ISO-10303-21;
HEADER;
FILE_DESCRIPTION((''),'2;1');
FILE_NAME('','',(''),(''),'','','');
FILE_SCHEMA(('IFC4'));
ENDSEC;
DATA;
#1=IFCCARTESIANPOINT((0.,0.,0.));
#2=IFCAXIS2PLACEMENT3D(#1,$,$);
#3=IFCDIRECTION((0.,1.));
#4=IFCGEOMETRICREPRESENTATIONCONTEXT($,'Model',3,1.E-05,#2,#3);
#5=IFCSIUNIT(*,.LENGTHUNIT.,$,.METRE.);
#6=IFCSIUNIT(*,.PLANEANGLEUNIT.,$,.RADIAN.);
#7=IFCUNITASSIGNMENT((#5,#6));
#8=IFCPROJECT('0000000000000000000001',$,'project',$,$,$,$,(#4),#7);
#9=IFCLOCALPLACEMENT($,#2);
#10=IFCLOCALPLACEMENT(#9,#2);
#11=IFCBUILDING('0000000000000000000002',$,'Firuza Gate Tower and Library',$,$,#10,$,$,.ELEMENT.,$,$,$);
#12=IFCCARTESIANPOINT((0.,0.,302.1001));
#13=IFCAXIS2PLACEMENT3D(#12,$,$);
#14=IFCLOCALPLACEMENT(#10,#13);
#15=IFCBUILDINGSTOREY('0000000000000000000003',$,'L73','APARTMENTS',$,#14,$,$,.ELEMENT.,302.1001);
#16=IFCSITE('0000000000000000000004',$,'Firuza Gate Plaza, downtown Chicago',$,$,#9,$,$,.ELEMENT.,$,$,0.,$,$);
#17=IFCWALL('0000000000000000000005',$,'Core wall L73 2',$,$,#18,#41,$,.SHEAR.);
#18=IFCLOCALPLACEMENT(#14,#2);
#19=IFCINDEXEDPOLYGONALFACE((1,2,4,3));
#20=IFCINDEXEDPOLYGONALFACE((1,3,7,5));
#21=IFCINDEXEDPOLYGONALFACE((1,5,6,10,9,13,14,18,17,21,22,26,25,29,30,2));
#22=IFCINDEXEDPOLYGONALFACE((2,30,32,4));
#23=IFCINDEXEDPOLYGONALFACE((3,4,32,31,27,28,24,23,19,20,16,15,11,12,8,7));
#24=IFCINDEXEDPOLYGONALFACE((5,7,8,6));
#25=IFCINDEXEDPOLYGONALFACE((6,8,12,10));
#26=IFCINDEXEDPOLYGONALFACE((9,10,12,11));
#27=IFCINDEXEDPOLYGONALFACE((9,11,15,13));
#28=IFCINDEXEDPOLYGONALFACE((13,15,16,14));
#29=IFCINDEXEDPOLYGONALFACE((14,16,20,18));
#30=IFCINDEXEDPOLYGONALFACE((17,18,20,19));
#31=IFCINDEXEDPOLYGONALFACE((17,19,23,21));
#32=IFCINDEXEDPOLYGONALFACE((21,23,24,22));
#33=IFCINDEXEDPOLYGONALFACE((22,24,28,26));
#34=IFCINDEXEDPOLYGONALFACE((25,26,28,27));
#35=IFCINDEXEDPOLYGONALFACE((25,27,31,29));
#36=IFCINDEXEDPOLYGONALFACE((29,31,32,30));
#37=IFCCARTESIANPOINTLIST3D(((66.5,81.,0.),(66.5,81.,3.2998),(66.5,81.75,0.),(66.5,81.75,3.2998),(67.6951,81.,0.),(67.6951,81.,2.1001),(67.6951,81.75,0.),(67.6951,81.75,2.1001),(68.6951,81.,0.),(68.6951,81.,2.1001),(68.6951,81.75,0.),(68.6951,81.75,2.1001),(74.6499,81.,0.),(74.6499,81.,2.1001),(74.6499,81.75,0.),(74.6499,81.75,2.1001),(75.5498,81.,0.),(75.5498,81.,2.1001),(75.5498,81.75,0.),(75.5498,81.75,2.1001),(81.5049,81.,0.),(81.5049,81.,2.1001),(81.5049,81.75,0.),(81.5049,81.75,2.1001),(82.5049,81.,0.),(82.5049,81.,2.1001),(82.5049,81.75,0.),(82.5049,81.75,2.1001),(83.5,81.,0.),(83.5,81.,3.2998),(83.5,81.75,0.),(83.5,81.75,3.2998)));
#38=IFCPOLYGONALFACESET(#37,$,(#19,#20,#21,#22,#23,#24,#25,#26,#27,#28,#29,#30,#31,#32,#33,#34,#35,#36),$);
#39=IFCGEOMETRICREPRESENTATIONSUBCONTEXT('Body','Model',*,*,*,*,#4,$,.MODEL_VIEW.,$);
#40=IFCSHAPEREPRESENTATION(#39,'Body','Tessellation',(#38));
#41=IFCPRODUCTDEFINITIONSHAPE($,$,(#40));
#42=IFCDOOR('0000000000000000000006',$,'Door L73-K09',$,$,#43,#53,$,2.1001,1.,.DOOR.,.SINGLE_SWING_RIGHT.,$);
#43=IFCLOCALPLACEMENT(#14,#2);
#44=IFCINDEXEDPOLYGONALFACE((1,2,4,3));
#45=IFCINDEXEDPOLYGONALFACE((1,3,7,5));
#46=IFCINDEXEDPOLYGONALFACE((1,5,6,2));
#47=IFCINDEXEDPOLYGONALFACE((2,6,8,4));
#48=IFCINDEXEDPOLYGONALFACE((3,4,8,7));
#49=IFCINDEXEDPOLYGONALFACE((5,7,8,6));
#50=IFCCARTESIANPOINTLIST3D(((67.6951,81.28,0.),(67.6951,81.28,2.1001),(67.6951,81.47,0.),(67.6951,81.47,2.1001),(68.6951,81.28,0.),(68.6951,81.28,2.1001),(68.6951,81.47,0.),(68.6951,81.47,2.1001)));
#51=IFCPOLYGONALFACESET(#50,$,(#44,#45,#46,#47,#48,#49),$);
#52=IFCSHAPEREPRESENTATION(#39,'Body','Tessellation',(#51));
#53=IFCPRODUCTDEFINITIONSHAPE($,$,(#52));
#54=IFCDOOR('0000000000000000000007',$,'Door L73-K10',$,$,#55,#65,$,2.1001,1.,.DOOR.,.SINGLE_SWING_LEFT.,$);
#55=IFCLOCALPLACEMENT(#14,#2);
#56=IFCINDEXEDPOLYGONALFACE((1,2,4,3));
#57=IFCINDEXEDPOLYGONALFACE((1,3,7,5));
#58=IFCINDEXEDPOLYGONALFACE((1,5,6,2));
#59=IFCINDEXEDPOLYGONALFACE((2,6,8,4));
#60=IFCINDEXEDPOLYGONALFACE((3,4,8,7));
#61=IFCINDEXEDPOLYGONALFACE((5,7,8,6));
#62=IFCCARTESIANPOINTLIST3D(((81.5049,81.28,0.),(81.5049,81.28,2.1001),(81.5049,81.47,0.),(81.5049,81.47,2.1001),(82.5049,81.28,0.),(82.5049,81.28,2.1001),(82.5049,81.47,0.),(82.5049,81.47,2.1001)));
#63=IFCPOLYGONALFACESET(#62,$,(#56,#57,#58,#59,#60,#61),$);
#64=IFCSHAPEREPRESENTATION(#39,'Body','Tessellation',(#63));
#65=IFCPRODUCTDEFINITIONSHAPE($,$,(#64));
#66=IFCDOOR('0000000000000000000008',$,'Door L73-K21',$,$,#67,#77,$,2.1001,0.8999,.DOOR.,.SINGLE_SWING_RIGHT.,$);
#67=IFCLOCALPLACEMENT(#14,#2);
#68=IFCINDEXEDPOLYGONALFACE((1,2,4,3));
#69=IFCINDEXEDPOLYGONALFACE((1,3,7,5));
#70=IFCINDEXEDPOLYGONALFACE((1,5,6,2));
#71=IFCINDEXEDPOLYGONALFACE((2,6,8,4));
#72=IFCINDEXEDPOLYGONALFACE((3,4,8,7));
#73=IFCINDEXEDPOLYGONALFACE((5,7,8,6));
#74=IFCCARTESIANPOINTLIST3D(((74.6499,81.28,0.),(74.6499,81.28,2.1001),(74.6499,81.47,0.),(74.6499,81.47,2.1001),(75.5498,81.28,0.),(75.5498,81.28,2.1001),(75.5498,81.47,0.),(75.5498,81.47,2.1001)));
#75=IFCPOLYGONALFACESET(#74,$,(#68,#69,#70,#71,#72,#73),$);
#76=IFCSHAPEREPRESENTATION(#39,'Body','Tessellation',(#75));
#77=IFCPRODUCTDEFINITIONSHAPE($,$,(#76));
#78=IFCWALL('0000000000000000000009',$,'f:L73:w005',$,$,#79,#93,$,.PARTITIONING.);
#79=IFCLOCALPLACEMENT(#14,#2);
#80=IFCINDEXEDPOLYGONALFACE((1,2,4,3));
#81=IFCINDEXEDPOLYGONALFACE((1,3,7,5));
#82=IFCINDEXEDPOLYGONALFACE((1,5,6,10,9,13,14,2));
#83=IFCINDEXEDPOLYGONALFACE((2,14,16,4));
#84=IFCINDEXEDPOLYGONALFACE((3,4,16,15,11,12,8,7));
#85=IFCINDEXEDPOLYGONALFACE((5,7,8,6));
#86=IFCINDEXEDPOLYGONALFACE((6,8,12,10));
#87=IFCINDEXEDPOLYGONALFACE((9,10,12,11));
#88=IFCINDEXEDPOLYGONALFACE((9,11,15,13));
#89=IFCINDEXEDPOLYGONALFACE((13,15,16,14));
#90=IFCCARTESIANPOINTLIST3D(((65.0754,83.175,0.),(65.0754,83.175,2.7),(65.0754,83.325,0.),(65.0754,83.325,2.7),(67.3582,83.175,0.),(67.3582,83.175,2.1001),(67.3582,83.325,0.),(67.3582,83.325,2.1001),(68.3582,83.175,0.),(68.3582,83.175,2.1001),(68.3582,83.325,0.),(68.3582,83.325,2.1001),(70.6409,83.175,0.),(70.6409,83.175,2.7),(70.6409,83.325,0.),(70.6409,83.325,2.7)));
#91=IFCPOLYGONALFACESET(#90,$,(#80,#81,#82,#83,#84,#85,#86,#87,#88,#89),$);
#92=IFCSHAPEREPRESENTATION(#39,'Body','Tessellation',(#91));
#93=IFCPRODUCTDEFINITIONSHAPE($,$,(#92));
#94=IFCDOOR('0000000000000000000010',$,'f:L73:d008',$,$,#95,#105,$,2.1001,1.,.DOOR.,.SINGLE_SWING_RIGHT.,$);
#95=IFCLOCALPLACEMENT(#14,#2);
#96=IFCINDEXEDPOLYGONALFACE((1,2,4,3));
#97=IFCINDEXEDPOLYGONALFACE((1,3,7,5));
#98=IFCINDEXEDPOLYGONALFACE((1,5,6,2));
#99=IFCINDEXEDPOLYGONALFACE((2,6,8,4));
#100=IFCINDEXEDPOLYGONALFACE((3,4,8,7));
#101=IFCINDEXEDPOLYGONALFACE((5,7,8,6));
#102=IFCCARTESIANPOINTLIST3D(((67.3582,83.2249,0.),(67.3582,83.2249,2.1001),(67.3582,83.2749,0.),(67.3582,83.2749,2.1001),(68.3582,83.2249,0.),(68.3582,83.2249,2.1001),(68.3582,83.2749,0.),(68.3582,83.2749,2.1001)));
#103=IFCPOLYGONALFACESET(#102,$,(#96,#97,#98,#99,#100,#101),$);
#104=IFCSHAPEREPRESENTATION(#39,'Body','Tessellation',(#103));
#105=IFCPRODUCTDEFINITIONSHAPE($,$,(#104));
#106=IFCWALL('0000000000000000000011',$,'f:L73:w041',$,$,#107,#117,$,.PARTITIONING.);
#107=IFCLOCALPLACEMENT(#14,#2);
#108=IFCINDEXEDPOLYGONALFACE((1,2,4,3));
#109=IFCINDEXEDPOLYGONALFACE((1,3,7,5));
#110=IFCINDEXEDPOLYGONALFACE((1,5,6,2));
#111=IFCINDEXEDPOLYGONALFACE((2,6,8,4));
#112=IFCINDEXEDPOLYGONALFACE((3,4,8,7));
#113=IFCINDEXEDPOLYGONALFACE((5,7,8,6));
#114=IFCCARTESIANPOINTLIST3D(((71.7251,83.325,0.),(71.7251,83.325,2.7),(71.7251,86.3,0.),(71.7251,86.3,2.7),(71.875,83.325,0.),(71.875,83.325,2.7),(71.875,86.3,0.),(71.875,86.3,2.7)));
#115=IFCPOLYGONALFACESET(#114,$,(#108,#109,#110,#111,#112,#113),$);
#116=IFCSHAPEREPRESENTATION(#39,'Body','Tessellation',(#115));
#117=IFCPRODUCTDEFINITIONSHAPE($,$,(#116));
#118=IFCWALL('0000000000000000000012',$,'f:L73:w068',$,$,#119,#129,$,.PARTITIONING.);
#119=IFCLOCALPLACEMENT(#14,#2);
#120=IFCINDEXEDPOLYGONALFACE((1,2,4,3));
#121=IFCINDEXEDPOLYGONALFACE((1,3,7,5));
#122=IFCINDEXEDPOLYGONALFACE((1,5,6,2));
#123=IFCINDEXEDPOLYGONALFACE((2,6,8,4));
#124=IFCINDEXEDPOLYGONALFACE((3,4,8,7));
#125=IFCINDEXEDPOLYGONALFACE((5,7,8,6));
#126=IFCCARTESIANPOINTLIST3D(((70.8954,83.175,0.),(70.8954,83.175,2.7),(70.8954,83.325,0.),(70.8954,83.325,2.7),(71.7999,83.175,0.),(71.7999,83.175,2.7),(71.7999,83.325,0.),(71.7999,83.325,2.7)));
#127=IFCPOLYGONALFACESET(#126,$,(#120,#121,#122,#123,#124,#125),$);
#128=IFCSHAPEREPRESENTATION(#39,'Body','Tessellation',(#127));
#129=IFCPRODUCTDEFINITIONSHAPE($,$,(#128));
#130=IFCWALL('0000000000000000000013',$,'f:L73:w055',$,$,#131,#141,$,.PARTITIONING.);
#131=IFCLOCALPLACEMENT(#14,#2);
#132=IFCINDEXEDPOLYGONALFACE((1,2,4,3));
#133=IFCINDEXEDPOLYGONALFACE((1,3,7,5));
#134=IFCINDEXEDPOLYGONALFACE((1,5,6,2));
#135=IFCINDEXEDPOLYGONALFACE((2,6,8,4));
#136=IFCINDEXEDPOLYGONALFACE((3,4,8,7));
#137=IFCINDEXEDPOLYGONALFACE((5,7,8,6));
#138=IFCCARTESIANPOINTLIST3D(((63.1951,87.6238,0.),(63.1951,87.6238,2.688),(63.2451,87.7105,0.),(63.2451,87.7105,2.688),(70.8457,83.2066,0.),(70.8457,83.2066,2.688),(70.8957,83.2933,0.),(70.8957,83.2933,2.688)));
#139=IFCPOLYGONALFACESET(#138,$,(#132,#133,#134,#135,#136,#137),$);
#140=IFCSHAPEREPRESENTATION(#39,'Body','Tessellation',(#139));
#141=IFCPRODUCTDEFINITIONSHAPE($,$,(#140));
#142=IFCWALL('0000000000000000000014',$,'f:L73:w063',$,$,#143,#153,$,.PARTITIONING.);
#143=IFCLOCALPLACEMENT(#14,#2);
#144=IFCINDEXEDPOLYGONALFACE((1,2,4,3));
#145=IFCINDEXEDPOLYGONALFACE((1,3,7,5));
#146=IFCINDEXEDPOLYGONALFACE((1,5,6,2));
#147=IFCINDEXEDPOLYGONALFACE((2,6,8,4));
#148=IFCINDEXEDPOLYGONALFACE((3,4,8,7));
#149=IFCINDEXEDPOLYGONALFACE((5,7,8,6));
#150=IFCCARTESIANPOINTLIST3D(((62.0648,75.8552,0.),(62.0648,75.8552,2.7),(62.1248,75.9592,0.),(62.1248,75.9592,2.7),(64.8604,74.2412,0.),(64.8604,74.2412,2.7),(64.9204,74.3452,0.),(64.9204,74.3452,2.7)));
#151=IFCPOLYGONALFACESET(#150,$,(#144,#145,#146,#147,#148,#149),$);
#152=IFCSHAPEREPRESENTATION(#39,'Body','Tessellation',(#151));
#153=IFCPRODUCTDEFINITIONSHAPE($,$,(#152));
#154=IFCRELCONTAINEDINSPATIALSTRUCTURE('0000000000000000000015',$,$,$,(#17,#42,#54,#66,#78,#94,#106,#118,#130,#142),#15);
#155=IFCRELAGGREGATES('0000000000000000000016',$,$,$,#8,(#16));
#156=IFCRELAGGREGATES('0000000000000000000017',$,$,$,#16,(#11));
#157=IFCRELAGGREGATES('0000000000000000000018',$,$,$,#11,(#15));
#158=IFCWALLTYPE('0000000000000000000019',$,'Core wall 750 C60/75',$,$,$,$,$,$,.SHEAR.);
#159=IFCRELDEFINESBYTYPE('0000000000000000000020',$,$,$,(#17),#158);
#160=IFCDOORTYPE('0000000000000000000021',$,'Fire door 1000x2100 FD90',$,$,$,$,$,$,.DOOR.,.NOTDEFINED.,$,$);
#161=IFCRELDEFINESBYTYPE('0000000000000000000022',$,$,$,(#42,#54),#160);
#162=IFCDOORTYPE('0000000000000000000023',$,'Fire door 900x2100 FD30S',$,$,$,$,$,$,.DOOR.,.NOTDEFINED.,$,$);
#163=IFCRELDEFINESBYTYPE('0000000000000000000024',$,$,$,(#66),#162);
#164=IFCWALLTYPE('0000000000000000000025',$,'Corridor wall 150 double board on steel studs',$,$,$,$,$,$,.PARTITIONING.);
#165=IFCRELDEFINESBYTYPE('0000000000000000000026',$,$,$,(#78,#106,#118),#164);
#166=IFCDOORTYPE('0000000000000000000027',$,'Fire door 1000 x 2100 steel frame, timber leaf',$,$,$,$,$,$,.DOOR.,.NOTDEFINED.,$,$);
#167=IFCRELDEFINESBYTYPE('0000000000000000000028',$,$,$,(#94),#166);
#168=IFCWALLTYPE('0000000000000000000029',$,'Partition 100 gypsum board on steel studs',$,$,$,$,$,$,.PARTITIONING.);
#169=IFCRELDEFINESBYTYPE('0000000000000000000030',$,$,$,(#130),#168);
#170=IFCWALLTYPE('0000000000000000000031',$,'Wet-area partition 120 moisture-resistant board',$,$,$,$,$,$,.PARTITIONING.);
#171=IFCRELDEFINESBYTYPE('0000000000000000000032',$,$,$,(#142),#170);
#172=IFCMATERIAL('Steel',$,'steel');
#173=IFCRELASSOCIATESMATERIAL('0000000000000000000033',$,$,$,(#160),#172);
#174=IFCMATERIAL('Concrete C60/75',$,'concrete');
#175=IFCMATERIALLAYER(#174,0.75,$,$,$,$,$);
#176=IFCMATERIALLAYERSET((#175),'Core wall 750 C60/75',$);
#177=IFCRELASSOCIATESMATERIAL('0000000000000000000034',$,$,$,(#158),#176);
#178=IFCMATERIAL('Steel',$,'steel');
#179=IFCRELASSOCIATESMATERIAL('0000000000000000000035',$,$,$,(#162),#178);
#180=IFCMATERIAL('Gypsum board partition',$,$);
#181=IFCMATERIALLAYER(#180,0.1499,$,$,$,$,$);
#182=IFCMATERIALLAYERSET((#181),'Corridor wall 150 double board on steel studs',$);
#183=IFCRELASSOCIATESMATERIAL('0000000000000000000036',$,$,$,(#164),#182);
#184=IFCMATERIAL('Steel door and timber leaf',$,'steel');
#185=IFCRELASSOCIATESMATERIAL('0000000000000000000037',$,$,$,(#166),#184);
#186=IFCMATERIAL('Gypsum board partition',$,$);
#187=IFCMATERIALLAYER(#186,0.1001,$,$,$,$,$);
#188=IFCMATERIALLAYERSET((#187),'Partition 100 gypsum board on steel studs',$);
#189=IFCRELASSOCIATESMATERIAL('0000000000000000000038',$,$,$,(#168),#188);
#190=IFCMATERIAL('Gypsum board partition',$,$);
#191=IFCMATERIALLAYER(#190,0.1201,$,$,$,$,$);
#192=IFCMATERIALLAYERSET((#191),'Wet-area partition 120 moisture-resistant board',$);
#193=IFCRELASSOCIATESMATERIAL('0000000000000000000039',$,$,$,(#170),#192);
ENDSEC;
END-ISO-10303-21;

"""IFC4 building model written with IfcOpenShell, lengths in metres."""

from ifc_helpers import new_model, si_unit, direction, frame, frame_2d, origin, place, context, subcontext, project, spatial, rectangle, extrude, material, layer, layer_set, type_object, element, fill, save


model = new_model("IFC4")

# Units and contexts
model_context = context("Model", 3, precision=1e-05, world=origin(), true_north=direction((0.0, 1.0)))
body_context = subcontext(model_context, "Body", "Model", "MODEL_VIEW")
ifc_project = project(units=[si_unit("LENGTHUNIT", "METRE"), si_unit("PLANEANGLEUNIT", "RADIAN")], contexts=[model_context])

# Site, building, storey
site_placement = place(None, origin())
site = spatial("IfcSite", under=ifc_project, at=site_placement, Name="Firuza Gate Plaza, downtown Chicago", CompositionType="ELEMENT", RefElevation=0.0)
building_placement = place(site_placement, origin())
building = spatial("IfcBuilding", under=site, at=building_placement, Name="Firuza Gate Tower and Library", CompositionType="ELEMENT")
storey_placement = place(building_placement, frame((0.0, 0.0, 302.1001)))
storey = spatial("IfcBuildingStorey", under=building, at=storey_placement, Name="L73", Description="APARTMENTS", CompositionType="ELEMENT", Elevation=302.1001)

# Shared definitions
ifc_material_1 = material(Name="Steel", Category="steel")
door_type_1 = type_object("IfcDoorType", Name="Fire door 1000x2100 FD90", OperationType="NOTDEFINED", PredefinedType="DOOR", material=ifc_material_1)

# Wall, openings, doors
ifc_material_2 = material(Name="Concrete C60/75", Category="concrete")
ifc_layer_1 = layer(ifc_material_2, 0.75)
ifc_layer_set_1 = layer_set([ifc_layer_1], Name="Core wall 750 C60/75")
wall_type_1 = type_object("IfcWallType", Name="Core wall 750 C60/75", PredefinedType="SHEAR", material=ifc_layer_set_1)
wall_1_placement = place(storey_placement, frame((66.5, 81.375, 0.0), z_axis=(0.0, 0.0, 1.0), x_axis=(1.0, 0.0, 0.0)))
wall_1 = element("IfcWall", 1, at=wall_1_placement, inside=storey, type_object=wall_type_1, Name="Core wall L73 2", PredefinedType="SHEAR", context=body_context, shape_type="SweptSolid", body=[
    extrude(rectangle(XDim=17.0, YDim=0.75, at=frame_2d((8.5, 0.0))), origin(), (0.0, 0.0, 1.0), 3.2998),
])
opening_1_placement = place(wall_1_placement, frame((1.1951, 0.0, 0.0)))
opening_1 = element("IfcOpeningElement", 2, at=opening_1_placement, cuts=wall_1, PredefinedType="OPENING", context=body_context, shape_type="SweptSolid", body=[
    extrude(rectangle(XDim=1.0, YDim=2.1001, at=frame_2d((0.5, 1.05))), frame((0.0, 0.385, 0.0), z_axis=(0.0, -1.0, 0.0), x_axis=(1.0, 0.0, 0.0)), (0.0, 0.0, 1.0), 0.77),
])
opening_2_placement = place(wall_1_placement, frame((15.0049, 0.0, 0.0)))
opening_2 = element("IfcOpeningElement", 3, at=opening_2_placement, cuts=wall_1, PredefinedType="OPENING", context=body_context, shape_type="SweptSolid", body=[
    extrude(rectangle(XDim=1.0, YDim=2.1001, at=frame_2d((0.5, 1.05))), frame((0.0, 0.385, 0.0), z_axis=(0.0, -1.0, 0.0), x_axis=(1.0, 0.0, 0.0)), (0.0, 0.0, 1.0), 0.77),
])
opening_3_placement = place(wall_1_placement, frame((8.1499, 0.0, 0.0)))
opening_3 = element("IfcOpeningElement", 4, at=opening_3_placement, cuts=wall_1, PredefinedType="OPENING", context=body_context, shape_type="SweptSolid", body=[
    extrude(rectangle(XDim=0.8999, YDim=2.1001, at=frame_2d((0.45, 1.05))), frame((0.0, 0.385, 0.0), z_axis=(0.0, -1.0, 0.0), x_axis=(1.0, 0.0, 0.0)), (0.0, 0.0, 1.0), 0.77),
])
door_1_placement = place(opening_1_placement, origin())
door_1 = element("IfcDoor", 5, at=door_1_placement, inside=storey, type_object=door_type_1, Name="Door L73-K09", OperationType="SINGLE_SWING_RIGHT", OverallHeight=2.1001, OverallWidth=1.0, PredefinedType="DOOR", context=body_context, shape_type="SweptSolid", body=[
    extrude(rectangle(XDim=1.0, YDim=2.1001, at=frame_2d((0.5, 1.05))), frame((0.0, 0.095, 0.0), z_axis=(0.0, -1.0, 0.0), x_axis=(1.0, 0.0, 0.0)), (0.0, 0.0, 1.0), 0.1899),
])
fill(opening_1, door_1)
door_2_placement = place(opening_2_placement, origin())
door_2 = element("IfcDoor", 6, at=door_2_placement, inside=storey, type_object=door_type_1, Name="Door L73-K10", OperationType="SINGLE_SWING_LEFT", OverallHeight=2.1001, OverallWidth=1.0, PredefinedType="DOOR", context=body_context, shape_type="SweptSolid", body=[
    extrude(rectangle(XDim=1.0, YDim=2.1001, at=frame_2d((0.5, 1.05))), frame((0.0, 0.095, 0.0), z_axis=(0.0, -1.0, 0.0), x_axis=(1.0, 0.0, 0.0)), (0.0, 0.0, 1.0), 0.1899),
])
fill(opening_2, door_2)
ifc_material_3 = material(Name="Steel", Category="steel")
door_type_2 = type_object("IfcDoorType", Name="Fire door 900x2100 FD30S", OperationType="NOTDEFINED", PredefinedType="DOOR", material=ifc_material_3)
door_3_placement = place(opening_3_placement, origin())
door_3 = element("IfcDoor", 7, at=door_3_placement, inside=storey, type_object=door_type_2, Name="Door L73-K21", OperationType="SINGLE_SWING_RIGHT", OverallHeight=2.1001, OverallWidth=0.8999, PredefinedType="DOOR", context=body_context, shape_type="SweptSolid", body=[
    extrude(rectangle(XDim=0.8999, YDim=2.1001, at=frame_2d((0.45, 1.05))), frame((0.0, 0.095, 0.0), z_axis=(0.0, -1.0, 0.0), x_axis=(1.0, 0.0, 0.0)), (0.0, 0.0, 1.0), 0.1899),
])
fill(opening_3, door_3)

# Wall, opening, door
ifc_material_4 = material(Name="Gypsum board partition")
ifc_layer_2 = layer(ifc_material_4, 0.1499)
ifc_layer_set_2 = layer_set([ifc_layer_2], Name="Corridor wall 150 double board on steel studs")
wall_type_2 = type_object("IfcWallType", Name="Corridor wall 150 double board on steel studs", PredefinedType="PARTITIONING", material=ifc_layer_set_2)
wall_2_placement = place(storey_placement, frame((65.0754, 83.25, 0.0), z_axis=(0.0, 0.0, 1.0), x_axis=(1.0, 0.0, 0.0)))
wall_2 = element("IfcWall", 8, at=wall_2_placement, inside=storey, type_object=wall_type_2, Name="f:L73:w005", PredefinedType="PARTITIONING", context=body_context, shape_type="SweptSolid", body=[
    extrude(rectangle(XDim=5.5654, YDim=0.1499, at=frame_2d((2.7827, 0.0))), origin(), (0.0, 0.0, 1.0), 2.7),
])
opening_4_placement = place(wall_2_placement, frame((2.2827, 0.0, 0.0)))
opening_4 = element("IfcOpeningElement", 9, at=opening_4_placement, cuts=wall_2, PredefinedType="OPENING", context=body_context, shape_type="SweptSolid", body=[
    extrude(rectangle(XDim=1.0, YDim=2.1001, at=frame_2d((0.5, 1.05))), frame((0.0, 0.085, 0.0), z_axis=(0.0, -1.0, 0.0), x_axis=(1.0, 0.0, 0.0)), (0.0, 0.0, 1.0), 0.1699),
])
ifc_material_5 = material(Name="Steel door and timber leaf", Category="steel")
door_type_3 = type_object("IfcDoorType", Name="Fire door 1000 x 2100 steel frame, timber leaf", OperationType="NOTDEFINED", PredefinedType="DOOR", material=ifc_material_5)
door_4_placement = place(opening_4_placement, origin())
door_4 = element("IfcDoor", 10, at=door_4_placement, inside=storey, type_object=door_type_3, Name="f:L73:d008", OperationType="SINGLE_SWING_RIGHT", OverallHeight=2.1001, OverallWidth=1.0, PredefinedType="DOOR", context=body_context, shape_type="SweptSolid", body=[
    extrude(rectangle(XDim=1.0, YDim=2.1001, at=frame_2d((0.5, 1.05))), frame((0.0, 0.0249, 0.0), z_axis=(0.0, -1.0, 0.0), x_axis=(1.0, 0.0, 0.0)), (0.0, 0.0, 1.0), 0.05),
])
fill(opening_4, door_4)

# Walls
wall_3_placement = place(storey_placement, frame((71.8, 83.325, 0.0), z_axis=(0.0, 0.0, 1.0), x_axis=(0.0, 1.0, 0.0)))
element("IfcWall", 11, at=wall_3_placement, inside=storey, type_object=wall_type_2, Name="f:L73:w041", PredefinedType="PARTITIONING", context=body_context, shape_type="SweptSolid", body=[
    extrude(rectangle(XDim=2.9751, YDim=0.1499, at=frame_2d((1.4875, 0.0))), origin(), (0.0, 0.0, 1.0), 2.7),
])
wall_4_placement = place(storey_placement, frame((70.8955, 83.25, 0.0), z_axis=(0.0, 0.0, 1.0), x_axis=(1.0, 0.0, 0.0)))
element("IfcWall", 12, at=wall_4_placement, inside=storey, type_object=wall_type_2, Name="f:L73:w068", PredefinedType="PARTITIONING", context=body_context, shape_type="SweptSolid", body=[
    extrude(rectangle(XDim=0.9045, YDim=0.1499, at=frame_2d((0.4521, 0.0))), origin(), (0.0, 0.0, 1.0), 2.7),
])
ifc_material_6 = material(Name="Gypsum board partition")
ifc_layer_3 = layer(ifc_material_6, 0.1001)
ifc_layer_set_3 = layer_set([ifc_layer_3], Name="Partition 100 gypsum board on steel studs")
wall_type_3 = type_object("IfcWallType", Name="Partition 100 gypsum board on steel studs", PredefinedType="PARTITIONING", material=ifc_layer_set_3)
wall_5_placement = place(storey_placement, frame((70.8706, 83.25, 0.0), z_axis=(0.0, 0.0, 1.0), x_axis=(-0.866019, 0.500012, 0.0)))
element("IfcWall", 13, at=wall_5_placement, inside=storey, type_object=wall_type_3, Name="f:L73:w055", PredefinedType="PARTITIONING", context=body_context, shape_type="SweptSolid", body=[
    extrude(rectangle(XDim=8.8342, YDim=0.1001, at=frame_2d((4.417, 0.0))), origin(), (0.0, 0.0, 1.0), 2.688),
])
ifc_material_7 = material(Name="Gypsum board partition")
ifc_layer_4 = layer(ifc_material_7, 0.1201)
ifc_layer_set_4 = layer_set([ifc_layer_4], Name="Wet-area partition 120 moisture-resistant board")
wall_type_4 = type_object("IfcWallType", Name="Wet-area partition 120 moisture-resistant board", PredefinedType="PARTITIONING", material=ifc_layer_set_4)
wall_6_placement = place(storey_placement, frame((64.8904, 74.2932, 0.0), z_axis=(0.0, 0.0, 1.0), x_axis=(-0.866033, 0.499987, 0.0)))
element("IfcWall", 14, at=wall_6_placement, inside=storey, type_object=wall_type_4, Name="f:L73:w063", PredefinedType="PARTITIONING", context=body_context, shape_type="SweptSolid", body=[
    extrude(rectangle(XDim=3.228, YDim=0.1201, at=frame_2d((1.614, 0.0))), origin(), (0.0, 0.0, 1.0), 2.7),
])

save(model, "model.ifc")
